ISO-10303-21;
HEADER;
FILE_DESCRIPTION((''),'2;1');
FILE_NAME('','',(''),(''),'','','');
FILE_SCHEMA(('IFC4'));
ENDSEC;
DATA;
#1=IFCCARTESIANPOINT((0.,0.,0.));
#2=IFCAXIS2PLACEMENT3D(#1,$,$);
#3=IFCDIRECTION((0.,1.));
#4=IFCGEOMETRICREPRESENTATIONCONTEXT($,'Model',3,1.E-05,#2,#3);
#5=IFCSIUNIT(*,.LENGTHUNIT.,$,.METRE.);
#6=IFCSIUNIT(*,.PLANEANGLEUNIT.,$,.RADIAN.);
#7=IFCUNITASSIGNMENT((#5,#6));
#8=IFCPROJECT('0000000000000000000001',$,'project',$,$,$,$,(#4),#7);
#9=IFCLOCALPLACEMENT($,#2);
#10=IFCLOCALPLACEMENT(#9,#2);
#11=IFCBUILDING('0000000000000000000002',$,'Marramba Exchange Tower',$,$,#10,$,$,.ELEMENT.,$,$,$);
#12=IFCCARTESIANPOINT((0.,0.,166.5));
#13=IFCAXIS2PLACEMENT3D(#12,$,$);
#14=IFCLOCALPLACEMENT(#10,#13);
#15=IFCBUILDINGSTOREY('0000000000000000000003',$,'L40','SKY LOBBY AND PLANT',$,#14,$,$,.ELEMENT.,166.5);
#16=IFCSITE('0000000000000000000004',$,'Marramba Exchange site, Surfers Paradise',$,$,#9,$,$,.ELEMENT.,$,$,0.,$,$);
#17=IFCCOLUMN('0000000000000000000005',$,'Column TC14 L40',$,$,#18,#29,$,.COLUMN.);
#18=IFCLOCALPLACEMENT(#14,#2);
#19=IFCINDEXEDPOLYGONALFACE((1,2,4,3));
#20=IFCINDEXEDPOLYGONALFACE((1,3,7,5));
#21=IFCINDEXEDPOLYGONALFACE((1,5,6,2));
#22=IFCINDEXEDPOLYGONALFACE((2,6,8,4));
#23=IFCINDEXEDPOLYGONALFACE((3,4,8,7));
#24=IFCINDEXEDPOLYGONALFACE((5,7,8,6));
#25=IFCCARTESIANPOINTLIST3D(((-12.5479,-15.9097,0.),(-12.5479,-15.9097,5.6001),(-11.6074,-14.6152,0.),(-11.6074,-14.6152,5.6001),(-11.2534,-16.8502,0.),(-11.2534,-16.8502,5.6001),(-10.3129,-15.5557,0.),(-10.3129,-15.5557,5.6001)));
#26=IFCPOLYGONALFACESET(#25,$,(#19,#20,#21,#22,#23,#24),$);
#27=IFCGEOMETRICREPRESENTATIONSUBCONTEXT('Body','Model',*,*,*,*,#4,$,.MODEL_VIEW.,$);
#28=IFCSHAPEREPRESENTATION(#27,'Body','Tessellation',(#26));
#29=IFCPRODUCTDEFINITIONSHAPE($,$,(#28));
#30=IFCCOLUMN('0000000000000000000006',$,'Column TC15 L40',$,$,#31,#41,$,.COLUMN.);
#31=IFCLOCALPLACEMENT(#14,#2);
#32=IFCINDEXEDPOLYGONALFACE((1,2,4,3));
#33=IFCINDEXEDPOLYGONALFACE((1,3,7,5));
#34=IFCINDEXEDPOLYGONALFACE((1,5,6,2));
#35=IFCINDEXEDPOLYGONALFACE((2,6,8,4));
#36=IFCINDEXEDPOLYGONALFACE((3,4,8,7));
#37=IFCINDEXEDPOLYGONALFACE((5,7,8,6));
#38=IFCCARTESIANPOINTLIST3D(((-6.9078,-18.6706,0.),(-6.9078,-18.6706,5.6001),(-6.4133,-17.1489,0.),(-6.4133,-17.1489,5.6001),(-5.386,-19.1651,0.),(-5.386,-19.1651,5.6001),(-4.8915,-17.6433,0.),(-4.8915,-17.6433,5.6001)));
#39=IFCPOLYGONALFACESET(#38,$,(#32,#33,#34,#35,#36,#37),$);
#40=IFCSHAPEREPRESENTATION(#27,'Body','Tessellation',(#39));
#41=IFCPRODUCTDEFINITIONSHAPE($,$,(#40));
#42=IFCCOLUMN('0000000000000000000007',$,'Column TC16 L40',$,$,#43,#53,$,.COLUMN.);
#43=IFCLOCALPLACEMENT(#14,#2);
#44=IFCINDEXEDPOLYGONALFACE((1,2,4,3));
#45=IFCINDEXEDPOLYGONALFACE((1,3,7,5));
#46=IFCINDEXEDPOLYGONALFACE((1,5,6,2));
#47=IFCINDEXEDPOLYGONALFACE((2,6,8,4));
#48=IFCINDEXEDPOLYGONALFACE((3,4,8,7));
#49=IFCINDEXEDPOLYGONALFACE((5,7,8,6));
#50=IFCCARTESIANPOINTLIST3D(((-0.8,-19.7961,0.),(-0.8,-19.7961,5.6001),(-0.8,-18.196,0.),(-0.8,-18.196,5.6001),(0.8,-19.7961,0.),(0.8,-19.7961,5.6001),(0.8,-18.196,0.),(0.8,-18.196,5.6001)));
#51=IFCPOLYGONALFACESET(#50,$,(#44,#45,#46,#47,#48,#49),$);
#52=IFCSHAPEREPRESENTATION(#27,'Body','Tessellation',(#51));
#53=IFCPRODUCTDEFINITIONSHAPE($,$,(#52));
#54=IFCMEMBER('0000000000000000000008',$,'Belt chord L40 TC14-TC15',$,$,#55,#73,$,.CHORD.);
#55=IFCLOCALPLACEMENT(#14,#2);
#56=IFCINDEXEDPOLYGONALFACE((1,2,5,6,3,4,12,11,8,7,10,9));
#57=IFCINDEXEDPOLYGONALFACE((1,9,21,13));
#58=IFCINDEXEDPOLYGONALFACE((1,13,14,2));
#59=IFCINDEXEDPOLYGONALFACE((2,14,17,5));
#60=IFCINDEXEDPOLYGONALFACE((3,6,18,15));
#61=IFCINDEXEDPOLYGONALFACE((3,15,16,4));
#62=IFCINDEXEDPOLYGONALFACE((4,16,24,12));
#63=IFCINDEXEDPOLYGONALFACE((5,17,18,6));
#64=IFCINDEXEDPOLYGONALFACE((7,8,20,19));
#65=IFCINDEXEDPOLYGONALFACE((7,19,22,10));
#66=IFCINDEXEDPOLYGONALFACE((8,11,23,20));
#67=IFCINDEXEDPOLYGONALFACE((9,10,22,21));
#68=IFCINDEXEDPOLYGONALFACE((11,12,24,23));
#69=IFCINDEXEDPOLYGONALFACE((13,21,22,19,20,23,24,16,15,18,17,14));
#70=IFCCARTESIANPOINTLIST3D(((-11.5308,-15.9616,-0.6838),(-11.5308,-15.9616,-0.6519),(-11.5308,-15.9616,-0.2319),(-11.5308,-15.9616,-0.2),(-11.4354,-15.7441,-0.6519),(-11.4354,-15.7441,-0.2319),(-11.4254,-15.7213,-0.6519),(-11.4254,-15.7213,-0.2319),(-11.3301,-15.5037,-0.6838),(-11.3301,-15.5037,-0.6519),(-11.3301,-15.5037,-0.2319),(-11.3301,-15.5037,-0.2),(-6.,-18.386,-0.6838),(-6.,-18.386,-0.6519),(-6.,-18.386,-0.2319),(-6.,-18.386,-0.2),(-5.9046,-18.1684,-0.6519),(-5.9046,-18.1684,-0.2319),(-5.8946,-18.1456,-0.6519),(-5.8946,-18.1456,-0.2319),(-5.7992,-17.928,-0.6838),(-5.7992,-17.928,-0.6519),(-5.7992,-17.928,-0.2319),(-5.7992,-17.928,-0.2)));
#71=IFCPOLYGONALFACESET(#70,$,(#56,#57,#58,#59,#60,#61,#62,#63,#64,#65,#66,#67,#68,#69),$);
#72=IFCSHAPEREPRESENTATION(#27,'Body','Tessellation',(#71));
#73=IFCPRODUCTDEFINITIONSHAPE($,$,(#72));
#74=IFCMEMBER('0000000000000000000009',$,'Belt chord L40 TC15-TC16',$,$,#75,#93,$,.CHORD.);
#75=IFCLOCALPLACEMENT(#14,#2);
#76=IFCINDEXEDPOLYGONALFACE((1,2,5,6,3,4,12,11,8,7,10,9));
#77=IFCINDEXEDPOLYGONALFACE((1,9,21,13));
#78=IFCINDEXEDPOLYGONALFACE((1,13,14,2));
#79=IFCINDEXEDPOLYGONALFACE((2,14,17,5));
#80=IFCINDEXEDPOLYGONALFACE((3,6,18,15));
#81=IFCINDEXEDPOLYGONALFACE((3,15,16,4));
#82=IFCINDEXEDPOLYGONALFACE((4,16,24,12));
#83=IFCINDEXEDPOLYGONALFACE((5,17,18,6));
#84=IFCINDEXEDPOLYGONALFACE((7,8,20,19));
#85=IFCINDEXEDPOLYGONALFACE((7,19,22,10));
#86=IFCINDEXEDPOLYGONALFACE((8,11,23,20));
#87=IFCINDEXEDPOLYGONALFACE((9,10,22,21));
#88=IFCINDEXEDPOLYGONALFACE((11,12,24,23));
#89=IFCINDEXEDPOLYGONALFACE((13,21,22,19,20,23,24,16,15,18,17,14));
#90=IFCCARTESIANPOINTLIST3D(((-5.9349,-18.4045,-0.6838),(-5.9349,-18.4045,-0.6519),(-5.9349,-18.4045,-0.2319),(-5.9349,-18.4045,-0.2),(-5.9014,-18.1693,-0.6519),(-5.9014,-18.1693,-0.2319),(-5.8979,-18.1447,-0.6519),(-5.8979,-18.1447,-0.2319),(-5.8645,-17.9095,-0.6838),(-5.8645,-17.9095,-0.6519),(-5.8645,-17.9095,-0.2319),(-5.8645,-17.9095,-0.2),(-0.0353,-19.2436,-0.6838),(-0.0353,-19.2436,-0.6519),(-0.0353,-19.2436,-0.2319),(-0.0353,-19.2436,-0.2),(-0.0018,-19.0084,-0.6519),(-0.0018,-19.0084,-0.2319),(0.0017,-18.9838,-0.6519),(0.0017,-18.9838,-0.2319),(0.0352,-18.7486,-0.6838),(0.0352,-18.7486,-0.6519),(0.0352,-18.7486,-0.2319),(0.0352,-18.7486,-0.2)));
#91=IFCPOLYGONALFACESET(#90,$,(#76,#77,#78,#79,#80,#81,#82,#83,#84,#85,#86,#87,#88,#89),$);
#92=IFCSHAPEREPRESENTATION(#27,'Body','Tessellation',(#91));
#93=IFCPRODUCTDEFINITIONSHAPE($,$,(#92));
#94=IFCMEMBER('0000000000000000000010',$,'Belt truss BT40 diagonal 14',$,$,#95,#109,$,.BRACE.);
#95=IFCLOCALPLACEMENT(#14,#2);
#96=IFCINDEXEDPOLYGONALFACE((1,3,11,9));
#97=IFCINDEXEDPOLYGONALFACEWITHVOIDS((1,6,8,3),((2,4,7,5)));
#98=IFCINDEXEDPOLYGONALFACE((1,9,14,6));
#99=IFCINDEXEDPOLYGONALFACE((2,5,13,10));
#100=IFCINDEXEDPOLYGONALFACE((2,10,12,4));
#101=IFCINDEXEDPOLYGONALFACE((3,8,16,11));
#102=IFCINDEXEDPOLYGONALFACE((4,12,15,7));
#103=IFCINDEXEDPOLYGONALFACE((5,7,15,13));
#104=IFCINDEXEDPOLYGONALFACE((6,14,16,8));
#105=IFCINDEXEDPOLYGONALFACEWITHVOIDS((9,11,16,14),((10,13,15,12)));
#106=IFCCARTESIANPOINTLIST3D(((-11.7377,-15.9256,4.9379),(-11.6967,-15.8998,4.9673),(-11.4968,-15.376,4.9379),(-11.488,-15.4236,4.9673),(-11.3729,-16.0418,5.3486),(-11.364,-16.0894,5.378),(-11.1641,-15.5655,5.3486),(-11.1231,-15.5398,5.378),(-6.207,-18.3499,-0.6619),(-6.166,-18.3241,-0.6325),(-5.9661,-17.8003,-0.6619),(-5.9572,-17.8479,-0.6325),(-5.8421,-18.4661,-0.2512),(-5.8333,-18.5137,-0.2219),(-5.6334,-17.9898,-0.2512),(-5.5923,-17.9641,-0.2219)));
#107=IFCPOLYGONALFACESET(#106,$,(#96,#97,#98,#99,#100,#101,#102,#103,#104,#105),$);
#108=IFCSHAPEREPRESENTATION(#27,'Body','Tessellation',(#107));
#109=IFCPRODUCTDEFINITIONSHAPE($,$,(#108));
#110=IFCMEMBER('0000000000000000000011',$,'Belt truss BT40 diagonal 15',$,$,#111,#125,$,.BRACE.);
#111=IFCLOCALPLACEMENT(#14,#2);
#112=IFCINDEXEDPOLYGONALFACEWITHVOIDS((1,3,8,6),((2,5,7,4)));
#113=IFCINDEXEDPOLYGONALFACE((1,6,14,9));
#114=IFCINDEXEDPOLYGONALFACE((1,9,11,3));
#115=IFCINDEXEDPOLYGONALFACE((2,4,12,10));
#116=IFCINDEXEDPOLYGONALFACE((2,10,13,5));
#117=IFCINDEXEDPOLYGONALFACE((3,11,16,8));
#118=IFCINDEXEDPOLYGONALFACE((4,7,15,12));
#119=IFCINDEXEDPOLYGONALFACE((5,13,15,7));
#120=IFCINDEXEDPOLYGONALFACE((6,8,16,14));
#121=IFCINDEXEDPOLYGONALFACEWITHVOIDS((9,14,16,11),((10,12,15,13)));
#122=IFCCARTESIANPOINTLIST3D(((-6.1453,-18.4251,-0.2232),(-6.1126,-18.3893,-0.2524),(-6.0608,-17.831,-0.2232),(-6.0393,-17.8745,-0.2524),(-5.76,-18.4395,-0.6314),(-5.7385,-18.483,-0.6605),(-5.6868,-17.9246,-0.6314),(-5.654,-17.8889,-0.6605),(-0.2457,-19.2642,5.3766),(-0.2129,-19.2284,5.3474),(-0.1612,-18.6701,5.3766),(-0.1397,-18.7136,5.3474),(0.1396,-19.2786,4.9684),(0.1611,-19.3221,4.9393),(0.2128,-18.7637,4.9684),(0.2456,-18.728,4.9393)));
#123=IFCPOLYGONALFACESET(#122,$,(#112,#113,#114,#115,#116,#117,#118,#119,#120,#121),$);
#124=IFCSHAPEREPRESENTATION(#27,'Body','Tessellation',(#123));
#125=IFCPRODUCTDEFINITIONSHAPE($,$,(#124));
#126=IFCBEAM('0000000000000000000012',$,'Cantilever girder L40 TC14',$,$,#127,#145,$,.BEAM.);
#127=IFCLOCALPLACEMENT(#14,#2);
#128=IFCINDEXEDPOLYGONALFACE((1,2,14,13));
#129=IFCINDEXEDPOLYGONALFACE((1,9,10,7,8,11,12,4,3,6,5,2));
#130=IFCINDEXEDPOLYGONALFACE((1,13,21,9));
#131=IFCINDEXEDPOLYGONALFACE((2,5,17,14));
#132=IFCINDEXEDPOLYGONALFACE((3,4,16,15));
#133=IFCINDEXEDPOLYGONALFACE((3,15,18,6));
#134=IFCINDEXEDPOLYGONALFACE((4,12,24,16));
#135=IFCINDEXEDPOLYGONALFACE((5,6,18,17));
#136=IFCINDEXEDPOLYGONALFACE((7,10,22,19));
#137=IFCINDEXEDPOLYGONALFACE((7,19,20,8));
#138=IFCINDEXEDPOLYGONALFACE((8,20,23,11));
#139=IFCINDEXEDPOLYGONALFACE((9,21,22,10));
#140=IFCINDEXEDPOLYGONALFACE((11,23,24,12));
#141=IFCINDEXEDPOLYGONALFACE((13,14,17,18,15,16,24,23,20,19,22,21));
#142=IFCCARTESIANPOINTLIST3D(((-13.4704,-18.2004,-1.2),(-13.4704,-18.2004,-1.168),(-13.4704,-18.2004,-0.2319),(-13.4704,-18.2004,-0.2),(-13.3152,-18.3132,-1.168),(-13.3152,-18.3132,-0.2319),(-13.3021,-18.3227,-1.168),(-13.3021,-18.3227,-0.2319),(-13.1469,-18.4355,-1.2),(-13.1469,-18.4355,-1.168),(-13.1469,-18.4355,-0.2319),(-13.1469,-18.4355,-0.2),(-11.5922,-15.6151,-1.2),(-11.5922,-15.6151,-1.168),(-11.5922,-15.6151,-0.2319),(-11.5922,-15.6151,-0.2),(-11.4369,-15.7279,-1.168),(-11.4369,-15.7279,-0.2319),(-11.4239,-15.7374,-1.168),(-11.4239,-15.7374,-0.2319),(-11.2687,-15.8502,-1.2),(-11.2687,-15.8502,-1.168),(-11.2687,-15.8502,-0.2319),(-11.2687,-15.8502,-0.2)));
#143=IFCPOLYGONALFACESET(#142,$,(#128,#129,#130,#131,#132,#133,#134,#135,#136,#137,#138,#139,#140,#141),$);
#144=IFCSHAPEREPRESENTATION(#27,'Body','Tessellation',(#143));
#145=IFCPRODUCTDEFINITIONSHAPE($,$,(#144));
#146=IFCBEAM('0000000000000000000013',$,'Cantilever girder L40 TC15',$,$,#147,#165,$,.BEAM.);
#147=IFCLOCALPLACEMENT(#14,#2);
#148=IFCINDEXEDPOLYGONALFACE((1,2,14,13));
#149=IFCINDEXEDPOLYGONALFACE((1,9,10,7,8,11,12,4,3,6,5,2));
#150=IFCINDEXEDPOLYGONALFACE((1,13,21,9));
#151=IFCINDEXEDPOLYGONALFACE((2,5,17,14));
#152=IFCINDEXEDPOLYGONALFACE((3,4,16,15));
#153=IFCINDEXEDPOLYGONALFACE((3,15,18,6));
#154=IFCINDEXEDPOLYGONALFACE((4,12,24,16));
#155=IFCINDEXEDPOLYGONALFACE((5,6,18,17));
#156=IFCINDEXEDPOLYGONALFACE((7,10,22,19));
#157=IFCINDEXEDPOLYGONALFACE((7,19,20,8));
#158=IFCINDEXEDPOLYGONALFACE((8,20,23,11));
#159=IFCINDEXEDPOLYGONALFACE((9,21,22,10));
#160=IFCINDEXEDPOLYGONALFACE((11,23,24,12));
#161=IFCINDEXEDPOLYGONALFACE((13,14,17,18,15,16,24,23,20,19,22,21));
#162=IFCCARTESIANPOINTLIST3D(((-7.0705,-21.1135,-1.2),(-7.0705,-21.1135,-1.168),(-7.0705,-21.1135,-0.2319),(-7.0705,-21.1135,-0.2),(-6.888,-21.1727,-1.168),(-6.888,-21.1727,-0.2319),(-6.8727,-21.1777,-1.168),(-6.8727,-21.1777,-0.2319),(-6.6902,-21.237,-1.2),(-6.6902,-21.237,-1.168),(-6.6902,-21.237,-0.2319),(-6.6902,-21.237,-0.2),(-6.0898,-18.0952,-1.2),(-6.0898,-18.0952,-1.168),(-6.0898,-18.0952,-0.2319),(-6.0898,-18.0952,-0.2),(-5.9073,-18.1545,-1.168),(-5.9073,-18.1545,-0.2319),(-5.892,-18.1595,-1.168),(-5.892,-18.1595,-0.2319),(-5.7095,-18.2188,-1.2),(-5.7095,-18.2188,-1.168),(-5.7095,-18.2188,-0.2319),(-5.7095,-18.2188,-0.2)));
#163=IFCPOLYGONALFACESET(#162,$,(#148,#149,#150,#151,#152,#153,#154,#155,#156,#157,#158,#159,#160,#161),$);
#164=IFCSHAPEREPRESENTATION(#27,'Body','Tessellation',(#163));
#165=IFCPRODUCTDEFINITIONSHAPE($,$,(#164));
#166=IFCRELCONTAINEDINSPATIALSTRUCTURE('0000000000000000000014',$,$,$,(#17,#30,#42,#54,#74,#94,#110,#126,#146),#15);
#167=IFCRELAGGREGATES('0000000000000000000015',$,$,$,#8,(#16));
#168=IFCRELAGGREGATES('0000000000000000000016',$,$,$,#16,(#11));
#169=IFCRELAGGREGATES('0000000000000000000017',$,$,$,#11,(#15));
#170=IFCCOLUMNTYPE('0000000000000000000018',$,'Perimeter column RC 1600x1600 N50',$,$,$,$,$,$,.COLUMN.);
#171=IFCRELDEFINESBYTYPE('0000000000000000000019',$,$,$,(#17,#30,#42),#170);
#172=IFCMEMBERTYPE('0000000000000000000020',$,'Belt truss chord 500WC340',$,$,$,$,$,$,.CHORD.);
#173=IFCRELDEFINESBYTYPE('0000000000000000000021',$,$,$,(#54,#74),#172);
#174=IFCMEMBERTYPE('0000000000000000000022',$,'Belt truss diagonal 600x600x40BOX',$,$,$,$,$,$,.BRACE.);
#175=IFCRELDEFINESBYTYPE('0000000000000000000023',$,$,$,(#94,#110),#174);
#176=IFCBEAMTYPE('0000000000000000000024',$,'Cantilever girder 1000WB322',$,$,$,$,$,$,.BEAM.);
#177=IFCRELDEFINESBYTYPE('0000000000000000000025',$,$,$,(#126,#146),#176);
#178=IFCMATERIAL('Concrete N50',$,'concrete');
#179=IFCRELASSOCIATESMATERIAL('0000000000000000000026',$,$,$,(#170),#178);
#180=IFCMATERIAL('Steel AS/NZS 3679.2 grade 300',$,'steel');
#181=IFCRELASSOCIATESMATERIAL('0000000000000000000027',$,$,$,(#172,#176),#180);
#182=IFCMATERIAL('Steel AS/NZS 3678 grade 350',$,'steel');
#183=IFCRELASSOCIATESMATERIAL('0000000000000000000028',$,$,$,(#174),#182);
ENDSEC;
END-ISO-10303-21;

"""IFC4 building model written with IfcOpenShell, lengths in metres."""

from ifc_helpers import new_model, si_unit, direction, frame, origin, origin_2d, place, context, subcontext, project, spatial, rectangle, hollow_rectangle, i_section, extrude, material, material_profile, profile_set, type_object, element, save


model = new_model("IFC4")

# Units and contexts
model_context = context("Model", 3, precision=1e-05, world=origin(), true_north=direction((0.0, 1.0)))
body_context = subcontext(model_context, "Body", "Model", "MODEL_VIEW")
ifc_project = project(units=[si_unit("LENGTHUNIT", "METRE"), si_unit("PLANEANGLEUNIT", "RADIAN")], contexts=[model_context])

# Site, building, storey
site_placement = place(None, origin())
site = spatial("IfcSite", under=ifc_project, at=site_placement, Name="Marramba Exchange site, Surfers Paradise", CompositionType="ELEMENT", RefElevation=0.0)
building_placement = place(site_placement, origin())
building = spatial("IfcBuilding", under=site, at=building_placement, Name="Marramba Exchange Tower", CompositionType="ELEMENT")
storey_placement = place(building_placement, frame((0.0, 0.0, 166.5)))
storey = spatial("IfcBuildingStorey", under=building, at=storey_placement, Name="L40", Description="SKY LOBBY AND PLANT", CompositionType="ELEMENT", Elevation=166.5)

# Columns
ifc_material_1 = material(Name="Concrete N50", Category="concrete")
ifc_material_profile_1 = material_profile(ifc_material_1, rectangle(XDim=1.6001, YDim=1.6001, at=origin_2d()), Name="RC 1600x1600")
ifc_profile_set_1 = profile_set([ifc_material_profile_1], Name="Concrete N50")
column_type = type_object("IfcColumnType", Name="Perimeter column RC 1600x1600 N50", PredefinedType="COLUMN", material=ifc_profile_set_1)
for number, where, z_axis, x_axis, name in (
    (1, (-11.4304, -15.7327, 0.0), (0.0, 0.0, 1.0), (-0.587785, -0.809017, 0.0), "Column TC14 L40"),
    (2, (-5.8997, -18.157, 0.0), (0.0, 0.0, 1.0), (-0.309017, -0.951057, 0.0), "Column TC15 L40"),
    (3, (0.0, -18.9961, 0.0), (0.0, 0.0, 1.0), (0.0, -1.0, 0.0), "Column TC16 L40"),
):
    element("IfcColumn", number, at=place(storey_placement, frame(where, z_axis=z_axis, x_axis=x_axis)), inside=storey, type_object=column_type, Name=name, PredefinedType="COLUMN", context=body_context, shape_type="SweptSolid", body=[
        extrude(rectangle(XDim=1.6001, YDim=1.6001, at=origin_2d()), origin(), (0.0, 0.0, 1.0), 5.6001),
    ])

# Members
ifc_material_2 = material(Name="Steel AS/NZS 3679.2 grade 300", Category="steel")
ifc_material_profile_2 = material_profile(ifc_material_2, i_section(OverallWidth=0.5, OverallDepth=0.4839, WebThickness=0.0249, FlangeThickness=0.032, at=origin_2d()), Name="500WC340")
ifc_profile_set_2 = profile_set([ifc_material_profile_2], Name="Steel AS/NZS 3679.2 grade 300")
member_type_1 = type_object("IfcMemberType", Name="Belt truss chord 500WC340", PredefinedType="CHORD", material=ifc_profile_set_2)
member_1_placement = place(storey_placement, frame((-11.4304, -15.7327, -0.4419), z_axis=(0.915877, -0.401459, 0.0), x_axis=(0.401459, 0.915877, 0.0)))
element("IfcMember", 4, at=member_1_placement, inside=storey, type_object=member_type_1, Name="Belt chord L40 TC14-TC15", PredefinedType="CHORD", context=body_context, shape_type="SweptSolid", body=[
    extrude(i_section(OverallWidth=0.5, OverallDepth=0.4839, WebThickness=0.0249, FlangeThickness=0.032, at=origin_2d()), origin(), (0.0, 0.0, 1.0), 6.0388),
])
member_2_placement = place(storey_placement, frame((-5.8997, -18.157, -0.4419), z_axis=(0.990036, -0.140813, 0.0), x_axis=(0.140813, 0.990036, 0.0)))
element("IfcMember", 5, at=member_2_placement, inside=storey, type_object=member_type_1, Name="Belt chord L40 TC15-TC16", PredefinedType="CHORD", context=body_context, shape_type="SweptSolid", body=[
    extrude(i_section(OverallWidth=0.5, OverallDepth=0.4839, WebThickness=0.0249, FlangeThickness=0.032, at=origin_2d()), origin(), (0.0, 0.0, 1.0), 5.959),
])
ifc_material_3 = material(Name="Steel AS/NZS 3678 grade 350", Category="steel")
ifc_material_profile_3 = material_profile(ifc_material_3, hollow_rectangle(XDim=0.6001, YDim=0.6001, WallThickness=0.04, at=origin_2d()), Name="600x600x40BOX")
ifc_profile_set_3 = profile_set([ifc_material_profile_3], Name="Steel AS/NZS 3678 grade 350")
member_type_2 = type_object("IfcMemberType", Name="Belt truss diagonal 600x600x40BOX", PredefinedType="BRACE", material=ifc_profile_set_3)
member_3_placement = place(storey_placement, frame((-11.4304, -15.7327, 5.158), z_axis=(0.671568, -0.294371, -0.679958), x_axis=(0.401459, 0.915877, 0.0)))
element("IfcMember", 6, at=member_3_placement, inside=storey, type_object=member_type_2, Name="Belt truss BT40 diagonal 14", PredefinedType="BRACE", context=body_context, shape_type="SweptSolid", body=[
    extrude(hollow_rectangle(XDim=0.6001, YDim=0.6001, WallThickness=0.04, at=origin_2d()), origin(), (0.0, 0.0, 1.0), 8.2356),
])
member_4_placement = place(storey_placement, frame((-5.8997, -18.157, -0.4419), z_axis=(0.721467, -0.102615, 0.684804), x_axis=(0.140813, 0.990036, 0.0)))
element("IfcMember", 7, at=member_4_placement, inside=storey, type_object=member_type_2, Name="Belt truss BT40 diagonal 15", PredefinedType="BRACE", context=body_context, shape_type="SweptSolid", body=[
    extrude(hollow_rectangle(XDim=0.6001, YDim=0.6001, WallThickness=0.04, at=origin_2d()), origin(), (0.0, 0.0, 1.0), 8.1772),
])

# Beams
ifc_material_profile_4 = material_profile(ifc_material_2, i_section(OverallWidth=0.3999, OverallDepth=1.0, WebThickness=0.0161, FlangeThickness=0.032, at=origin_2d()), Name="1000WB322")
ifc_profile_set_4 = profile_set([ifc_material_profile_4], Name="Steel AS/NZS 3679.2 grade 300")
beam_type_1 = type_object("IfcBeamType", Name="Cantilever girder 1000WB322", PredefinedType="BEAM", material=ifc_profile_set_4)
beam_1_placement = place(storey_placement, frame((-11.4304, -15.7327, -0.7), z_axis=(-0.587767, -0.80903, 0.0), x_axis=(0.80903, -0.587767, 0.0)))
element("IfcBeam", 8, at=beam_1_placement, inside=storey, type_object=beam_type_1, Name="Cantilever girder L40 TC14", PredefinedType="BEAM", context=body_context, shape_type="SweptSolid", body=[
    extrude(i_section(OverallWidth=0.3999, OverallDepth=1.0, WebThickness=0.0161, FlangeThickness=0.032, at=origin_2d()), origin(), (0.0, 0.0, 1.0), 3.1956),
])
beam_2_placement = place(storey_placement, frame((-5.8997, -18.157, -0.7), z_axis=(-0.309018, -0.951056, 0.0), x_axis=(0.951056, -0.309018, 0.0)))
element("IfcBeam", 9, at=beam_2_placement, inside=storey, type_object=beam_type_1, Name="Cantilever girder L40 TC15", PredefinedType="BEAM", context=body_context, shape_type="SweptSolid", body=[
    extrude(i_section(OverallWidth=0.3999, OverallDepth=1.0, WebThickness=0.0161, FlangeThickness=0.032, at=origin_2d()), origin(), (0.0, 0.0, 1.0), 3.1736),
])

save(model, "model.ifc")
